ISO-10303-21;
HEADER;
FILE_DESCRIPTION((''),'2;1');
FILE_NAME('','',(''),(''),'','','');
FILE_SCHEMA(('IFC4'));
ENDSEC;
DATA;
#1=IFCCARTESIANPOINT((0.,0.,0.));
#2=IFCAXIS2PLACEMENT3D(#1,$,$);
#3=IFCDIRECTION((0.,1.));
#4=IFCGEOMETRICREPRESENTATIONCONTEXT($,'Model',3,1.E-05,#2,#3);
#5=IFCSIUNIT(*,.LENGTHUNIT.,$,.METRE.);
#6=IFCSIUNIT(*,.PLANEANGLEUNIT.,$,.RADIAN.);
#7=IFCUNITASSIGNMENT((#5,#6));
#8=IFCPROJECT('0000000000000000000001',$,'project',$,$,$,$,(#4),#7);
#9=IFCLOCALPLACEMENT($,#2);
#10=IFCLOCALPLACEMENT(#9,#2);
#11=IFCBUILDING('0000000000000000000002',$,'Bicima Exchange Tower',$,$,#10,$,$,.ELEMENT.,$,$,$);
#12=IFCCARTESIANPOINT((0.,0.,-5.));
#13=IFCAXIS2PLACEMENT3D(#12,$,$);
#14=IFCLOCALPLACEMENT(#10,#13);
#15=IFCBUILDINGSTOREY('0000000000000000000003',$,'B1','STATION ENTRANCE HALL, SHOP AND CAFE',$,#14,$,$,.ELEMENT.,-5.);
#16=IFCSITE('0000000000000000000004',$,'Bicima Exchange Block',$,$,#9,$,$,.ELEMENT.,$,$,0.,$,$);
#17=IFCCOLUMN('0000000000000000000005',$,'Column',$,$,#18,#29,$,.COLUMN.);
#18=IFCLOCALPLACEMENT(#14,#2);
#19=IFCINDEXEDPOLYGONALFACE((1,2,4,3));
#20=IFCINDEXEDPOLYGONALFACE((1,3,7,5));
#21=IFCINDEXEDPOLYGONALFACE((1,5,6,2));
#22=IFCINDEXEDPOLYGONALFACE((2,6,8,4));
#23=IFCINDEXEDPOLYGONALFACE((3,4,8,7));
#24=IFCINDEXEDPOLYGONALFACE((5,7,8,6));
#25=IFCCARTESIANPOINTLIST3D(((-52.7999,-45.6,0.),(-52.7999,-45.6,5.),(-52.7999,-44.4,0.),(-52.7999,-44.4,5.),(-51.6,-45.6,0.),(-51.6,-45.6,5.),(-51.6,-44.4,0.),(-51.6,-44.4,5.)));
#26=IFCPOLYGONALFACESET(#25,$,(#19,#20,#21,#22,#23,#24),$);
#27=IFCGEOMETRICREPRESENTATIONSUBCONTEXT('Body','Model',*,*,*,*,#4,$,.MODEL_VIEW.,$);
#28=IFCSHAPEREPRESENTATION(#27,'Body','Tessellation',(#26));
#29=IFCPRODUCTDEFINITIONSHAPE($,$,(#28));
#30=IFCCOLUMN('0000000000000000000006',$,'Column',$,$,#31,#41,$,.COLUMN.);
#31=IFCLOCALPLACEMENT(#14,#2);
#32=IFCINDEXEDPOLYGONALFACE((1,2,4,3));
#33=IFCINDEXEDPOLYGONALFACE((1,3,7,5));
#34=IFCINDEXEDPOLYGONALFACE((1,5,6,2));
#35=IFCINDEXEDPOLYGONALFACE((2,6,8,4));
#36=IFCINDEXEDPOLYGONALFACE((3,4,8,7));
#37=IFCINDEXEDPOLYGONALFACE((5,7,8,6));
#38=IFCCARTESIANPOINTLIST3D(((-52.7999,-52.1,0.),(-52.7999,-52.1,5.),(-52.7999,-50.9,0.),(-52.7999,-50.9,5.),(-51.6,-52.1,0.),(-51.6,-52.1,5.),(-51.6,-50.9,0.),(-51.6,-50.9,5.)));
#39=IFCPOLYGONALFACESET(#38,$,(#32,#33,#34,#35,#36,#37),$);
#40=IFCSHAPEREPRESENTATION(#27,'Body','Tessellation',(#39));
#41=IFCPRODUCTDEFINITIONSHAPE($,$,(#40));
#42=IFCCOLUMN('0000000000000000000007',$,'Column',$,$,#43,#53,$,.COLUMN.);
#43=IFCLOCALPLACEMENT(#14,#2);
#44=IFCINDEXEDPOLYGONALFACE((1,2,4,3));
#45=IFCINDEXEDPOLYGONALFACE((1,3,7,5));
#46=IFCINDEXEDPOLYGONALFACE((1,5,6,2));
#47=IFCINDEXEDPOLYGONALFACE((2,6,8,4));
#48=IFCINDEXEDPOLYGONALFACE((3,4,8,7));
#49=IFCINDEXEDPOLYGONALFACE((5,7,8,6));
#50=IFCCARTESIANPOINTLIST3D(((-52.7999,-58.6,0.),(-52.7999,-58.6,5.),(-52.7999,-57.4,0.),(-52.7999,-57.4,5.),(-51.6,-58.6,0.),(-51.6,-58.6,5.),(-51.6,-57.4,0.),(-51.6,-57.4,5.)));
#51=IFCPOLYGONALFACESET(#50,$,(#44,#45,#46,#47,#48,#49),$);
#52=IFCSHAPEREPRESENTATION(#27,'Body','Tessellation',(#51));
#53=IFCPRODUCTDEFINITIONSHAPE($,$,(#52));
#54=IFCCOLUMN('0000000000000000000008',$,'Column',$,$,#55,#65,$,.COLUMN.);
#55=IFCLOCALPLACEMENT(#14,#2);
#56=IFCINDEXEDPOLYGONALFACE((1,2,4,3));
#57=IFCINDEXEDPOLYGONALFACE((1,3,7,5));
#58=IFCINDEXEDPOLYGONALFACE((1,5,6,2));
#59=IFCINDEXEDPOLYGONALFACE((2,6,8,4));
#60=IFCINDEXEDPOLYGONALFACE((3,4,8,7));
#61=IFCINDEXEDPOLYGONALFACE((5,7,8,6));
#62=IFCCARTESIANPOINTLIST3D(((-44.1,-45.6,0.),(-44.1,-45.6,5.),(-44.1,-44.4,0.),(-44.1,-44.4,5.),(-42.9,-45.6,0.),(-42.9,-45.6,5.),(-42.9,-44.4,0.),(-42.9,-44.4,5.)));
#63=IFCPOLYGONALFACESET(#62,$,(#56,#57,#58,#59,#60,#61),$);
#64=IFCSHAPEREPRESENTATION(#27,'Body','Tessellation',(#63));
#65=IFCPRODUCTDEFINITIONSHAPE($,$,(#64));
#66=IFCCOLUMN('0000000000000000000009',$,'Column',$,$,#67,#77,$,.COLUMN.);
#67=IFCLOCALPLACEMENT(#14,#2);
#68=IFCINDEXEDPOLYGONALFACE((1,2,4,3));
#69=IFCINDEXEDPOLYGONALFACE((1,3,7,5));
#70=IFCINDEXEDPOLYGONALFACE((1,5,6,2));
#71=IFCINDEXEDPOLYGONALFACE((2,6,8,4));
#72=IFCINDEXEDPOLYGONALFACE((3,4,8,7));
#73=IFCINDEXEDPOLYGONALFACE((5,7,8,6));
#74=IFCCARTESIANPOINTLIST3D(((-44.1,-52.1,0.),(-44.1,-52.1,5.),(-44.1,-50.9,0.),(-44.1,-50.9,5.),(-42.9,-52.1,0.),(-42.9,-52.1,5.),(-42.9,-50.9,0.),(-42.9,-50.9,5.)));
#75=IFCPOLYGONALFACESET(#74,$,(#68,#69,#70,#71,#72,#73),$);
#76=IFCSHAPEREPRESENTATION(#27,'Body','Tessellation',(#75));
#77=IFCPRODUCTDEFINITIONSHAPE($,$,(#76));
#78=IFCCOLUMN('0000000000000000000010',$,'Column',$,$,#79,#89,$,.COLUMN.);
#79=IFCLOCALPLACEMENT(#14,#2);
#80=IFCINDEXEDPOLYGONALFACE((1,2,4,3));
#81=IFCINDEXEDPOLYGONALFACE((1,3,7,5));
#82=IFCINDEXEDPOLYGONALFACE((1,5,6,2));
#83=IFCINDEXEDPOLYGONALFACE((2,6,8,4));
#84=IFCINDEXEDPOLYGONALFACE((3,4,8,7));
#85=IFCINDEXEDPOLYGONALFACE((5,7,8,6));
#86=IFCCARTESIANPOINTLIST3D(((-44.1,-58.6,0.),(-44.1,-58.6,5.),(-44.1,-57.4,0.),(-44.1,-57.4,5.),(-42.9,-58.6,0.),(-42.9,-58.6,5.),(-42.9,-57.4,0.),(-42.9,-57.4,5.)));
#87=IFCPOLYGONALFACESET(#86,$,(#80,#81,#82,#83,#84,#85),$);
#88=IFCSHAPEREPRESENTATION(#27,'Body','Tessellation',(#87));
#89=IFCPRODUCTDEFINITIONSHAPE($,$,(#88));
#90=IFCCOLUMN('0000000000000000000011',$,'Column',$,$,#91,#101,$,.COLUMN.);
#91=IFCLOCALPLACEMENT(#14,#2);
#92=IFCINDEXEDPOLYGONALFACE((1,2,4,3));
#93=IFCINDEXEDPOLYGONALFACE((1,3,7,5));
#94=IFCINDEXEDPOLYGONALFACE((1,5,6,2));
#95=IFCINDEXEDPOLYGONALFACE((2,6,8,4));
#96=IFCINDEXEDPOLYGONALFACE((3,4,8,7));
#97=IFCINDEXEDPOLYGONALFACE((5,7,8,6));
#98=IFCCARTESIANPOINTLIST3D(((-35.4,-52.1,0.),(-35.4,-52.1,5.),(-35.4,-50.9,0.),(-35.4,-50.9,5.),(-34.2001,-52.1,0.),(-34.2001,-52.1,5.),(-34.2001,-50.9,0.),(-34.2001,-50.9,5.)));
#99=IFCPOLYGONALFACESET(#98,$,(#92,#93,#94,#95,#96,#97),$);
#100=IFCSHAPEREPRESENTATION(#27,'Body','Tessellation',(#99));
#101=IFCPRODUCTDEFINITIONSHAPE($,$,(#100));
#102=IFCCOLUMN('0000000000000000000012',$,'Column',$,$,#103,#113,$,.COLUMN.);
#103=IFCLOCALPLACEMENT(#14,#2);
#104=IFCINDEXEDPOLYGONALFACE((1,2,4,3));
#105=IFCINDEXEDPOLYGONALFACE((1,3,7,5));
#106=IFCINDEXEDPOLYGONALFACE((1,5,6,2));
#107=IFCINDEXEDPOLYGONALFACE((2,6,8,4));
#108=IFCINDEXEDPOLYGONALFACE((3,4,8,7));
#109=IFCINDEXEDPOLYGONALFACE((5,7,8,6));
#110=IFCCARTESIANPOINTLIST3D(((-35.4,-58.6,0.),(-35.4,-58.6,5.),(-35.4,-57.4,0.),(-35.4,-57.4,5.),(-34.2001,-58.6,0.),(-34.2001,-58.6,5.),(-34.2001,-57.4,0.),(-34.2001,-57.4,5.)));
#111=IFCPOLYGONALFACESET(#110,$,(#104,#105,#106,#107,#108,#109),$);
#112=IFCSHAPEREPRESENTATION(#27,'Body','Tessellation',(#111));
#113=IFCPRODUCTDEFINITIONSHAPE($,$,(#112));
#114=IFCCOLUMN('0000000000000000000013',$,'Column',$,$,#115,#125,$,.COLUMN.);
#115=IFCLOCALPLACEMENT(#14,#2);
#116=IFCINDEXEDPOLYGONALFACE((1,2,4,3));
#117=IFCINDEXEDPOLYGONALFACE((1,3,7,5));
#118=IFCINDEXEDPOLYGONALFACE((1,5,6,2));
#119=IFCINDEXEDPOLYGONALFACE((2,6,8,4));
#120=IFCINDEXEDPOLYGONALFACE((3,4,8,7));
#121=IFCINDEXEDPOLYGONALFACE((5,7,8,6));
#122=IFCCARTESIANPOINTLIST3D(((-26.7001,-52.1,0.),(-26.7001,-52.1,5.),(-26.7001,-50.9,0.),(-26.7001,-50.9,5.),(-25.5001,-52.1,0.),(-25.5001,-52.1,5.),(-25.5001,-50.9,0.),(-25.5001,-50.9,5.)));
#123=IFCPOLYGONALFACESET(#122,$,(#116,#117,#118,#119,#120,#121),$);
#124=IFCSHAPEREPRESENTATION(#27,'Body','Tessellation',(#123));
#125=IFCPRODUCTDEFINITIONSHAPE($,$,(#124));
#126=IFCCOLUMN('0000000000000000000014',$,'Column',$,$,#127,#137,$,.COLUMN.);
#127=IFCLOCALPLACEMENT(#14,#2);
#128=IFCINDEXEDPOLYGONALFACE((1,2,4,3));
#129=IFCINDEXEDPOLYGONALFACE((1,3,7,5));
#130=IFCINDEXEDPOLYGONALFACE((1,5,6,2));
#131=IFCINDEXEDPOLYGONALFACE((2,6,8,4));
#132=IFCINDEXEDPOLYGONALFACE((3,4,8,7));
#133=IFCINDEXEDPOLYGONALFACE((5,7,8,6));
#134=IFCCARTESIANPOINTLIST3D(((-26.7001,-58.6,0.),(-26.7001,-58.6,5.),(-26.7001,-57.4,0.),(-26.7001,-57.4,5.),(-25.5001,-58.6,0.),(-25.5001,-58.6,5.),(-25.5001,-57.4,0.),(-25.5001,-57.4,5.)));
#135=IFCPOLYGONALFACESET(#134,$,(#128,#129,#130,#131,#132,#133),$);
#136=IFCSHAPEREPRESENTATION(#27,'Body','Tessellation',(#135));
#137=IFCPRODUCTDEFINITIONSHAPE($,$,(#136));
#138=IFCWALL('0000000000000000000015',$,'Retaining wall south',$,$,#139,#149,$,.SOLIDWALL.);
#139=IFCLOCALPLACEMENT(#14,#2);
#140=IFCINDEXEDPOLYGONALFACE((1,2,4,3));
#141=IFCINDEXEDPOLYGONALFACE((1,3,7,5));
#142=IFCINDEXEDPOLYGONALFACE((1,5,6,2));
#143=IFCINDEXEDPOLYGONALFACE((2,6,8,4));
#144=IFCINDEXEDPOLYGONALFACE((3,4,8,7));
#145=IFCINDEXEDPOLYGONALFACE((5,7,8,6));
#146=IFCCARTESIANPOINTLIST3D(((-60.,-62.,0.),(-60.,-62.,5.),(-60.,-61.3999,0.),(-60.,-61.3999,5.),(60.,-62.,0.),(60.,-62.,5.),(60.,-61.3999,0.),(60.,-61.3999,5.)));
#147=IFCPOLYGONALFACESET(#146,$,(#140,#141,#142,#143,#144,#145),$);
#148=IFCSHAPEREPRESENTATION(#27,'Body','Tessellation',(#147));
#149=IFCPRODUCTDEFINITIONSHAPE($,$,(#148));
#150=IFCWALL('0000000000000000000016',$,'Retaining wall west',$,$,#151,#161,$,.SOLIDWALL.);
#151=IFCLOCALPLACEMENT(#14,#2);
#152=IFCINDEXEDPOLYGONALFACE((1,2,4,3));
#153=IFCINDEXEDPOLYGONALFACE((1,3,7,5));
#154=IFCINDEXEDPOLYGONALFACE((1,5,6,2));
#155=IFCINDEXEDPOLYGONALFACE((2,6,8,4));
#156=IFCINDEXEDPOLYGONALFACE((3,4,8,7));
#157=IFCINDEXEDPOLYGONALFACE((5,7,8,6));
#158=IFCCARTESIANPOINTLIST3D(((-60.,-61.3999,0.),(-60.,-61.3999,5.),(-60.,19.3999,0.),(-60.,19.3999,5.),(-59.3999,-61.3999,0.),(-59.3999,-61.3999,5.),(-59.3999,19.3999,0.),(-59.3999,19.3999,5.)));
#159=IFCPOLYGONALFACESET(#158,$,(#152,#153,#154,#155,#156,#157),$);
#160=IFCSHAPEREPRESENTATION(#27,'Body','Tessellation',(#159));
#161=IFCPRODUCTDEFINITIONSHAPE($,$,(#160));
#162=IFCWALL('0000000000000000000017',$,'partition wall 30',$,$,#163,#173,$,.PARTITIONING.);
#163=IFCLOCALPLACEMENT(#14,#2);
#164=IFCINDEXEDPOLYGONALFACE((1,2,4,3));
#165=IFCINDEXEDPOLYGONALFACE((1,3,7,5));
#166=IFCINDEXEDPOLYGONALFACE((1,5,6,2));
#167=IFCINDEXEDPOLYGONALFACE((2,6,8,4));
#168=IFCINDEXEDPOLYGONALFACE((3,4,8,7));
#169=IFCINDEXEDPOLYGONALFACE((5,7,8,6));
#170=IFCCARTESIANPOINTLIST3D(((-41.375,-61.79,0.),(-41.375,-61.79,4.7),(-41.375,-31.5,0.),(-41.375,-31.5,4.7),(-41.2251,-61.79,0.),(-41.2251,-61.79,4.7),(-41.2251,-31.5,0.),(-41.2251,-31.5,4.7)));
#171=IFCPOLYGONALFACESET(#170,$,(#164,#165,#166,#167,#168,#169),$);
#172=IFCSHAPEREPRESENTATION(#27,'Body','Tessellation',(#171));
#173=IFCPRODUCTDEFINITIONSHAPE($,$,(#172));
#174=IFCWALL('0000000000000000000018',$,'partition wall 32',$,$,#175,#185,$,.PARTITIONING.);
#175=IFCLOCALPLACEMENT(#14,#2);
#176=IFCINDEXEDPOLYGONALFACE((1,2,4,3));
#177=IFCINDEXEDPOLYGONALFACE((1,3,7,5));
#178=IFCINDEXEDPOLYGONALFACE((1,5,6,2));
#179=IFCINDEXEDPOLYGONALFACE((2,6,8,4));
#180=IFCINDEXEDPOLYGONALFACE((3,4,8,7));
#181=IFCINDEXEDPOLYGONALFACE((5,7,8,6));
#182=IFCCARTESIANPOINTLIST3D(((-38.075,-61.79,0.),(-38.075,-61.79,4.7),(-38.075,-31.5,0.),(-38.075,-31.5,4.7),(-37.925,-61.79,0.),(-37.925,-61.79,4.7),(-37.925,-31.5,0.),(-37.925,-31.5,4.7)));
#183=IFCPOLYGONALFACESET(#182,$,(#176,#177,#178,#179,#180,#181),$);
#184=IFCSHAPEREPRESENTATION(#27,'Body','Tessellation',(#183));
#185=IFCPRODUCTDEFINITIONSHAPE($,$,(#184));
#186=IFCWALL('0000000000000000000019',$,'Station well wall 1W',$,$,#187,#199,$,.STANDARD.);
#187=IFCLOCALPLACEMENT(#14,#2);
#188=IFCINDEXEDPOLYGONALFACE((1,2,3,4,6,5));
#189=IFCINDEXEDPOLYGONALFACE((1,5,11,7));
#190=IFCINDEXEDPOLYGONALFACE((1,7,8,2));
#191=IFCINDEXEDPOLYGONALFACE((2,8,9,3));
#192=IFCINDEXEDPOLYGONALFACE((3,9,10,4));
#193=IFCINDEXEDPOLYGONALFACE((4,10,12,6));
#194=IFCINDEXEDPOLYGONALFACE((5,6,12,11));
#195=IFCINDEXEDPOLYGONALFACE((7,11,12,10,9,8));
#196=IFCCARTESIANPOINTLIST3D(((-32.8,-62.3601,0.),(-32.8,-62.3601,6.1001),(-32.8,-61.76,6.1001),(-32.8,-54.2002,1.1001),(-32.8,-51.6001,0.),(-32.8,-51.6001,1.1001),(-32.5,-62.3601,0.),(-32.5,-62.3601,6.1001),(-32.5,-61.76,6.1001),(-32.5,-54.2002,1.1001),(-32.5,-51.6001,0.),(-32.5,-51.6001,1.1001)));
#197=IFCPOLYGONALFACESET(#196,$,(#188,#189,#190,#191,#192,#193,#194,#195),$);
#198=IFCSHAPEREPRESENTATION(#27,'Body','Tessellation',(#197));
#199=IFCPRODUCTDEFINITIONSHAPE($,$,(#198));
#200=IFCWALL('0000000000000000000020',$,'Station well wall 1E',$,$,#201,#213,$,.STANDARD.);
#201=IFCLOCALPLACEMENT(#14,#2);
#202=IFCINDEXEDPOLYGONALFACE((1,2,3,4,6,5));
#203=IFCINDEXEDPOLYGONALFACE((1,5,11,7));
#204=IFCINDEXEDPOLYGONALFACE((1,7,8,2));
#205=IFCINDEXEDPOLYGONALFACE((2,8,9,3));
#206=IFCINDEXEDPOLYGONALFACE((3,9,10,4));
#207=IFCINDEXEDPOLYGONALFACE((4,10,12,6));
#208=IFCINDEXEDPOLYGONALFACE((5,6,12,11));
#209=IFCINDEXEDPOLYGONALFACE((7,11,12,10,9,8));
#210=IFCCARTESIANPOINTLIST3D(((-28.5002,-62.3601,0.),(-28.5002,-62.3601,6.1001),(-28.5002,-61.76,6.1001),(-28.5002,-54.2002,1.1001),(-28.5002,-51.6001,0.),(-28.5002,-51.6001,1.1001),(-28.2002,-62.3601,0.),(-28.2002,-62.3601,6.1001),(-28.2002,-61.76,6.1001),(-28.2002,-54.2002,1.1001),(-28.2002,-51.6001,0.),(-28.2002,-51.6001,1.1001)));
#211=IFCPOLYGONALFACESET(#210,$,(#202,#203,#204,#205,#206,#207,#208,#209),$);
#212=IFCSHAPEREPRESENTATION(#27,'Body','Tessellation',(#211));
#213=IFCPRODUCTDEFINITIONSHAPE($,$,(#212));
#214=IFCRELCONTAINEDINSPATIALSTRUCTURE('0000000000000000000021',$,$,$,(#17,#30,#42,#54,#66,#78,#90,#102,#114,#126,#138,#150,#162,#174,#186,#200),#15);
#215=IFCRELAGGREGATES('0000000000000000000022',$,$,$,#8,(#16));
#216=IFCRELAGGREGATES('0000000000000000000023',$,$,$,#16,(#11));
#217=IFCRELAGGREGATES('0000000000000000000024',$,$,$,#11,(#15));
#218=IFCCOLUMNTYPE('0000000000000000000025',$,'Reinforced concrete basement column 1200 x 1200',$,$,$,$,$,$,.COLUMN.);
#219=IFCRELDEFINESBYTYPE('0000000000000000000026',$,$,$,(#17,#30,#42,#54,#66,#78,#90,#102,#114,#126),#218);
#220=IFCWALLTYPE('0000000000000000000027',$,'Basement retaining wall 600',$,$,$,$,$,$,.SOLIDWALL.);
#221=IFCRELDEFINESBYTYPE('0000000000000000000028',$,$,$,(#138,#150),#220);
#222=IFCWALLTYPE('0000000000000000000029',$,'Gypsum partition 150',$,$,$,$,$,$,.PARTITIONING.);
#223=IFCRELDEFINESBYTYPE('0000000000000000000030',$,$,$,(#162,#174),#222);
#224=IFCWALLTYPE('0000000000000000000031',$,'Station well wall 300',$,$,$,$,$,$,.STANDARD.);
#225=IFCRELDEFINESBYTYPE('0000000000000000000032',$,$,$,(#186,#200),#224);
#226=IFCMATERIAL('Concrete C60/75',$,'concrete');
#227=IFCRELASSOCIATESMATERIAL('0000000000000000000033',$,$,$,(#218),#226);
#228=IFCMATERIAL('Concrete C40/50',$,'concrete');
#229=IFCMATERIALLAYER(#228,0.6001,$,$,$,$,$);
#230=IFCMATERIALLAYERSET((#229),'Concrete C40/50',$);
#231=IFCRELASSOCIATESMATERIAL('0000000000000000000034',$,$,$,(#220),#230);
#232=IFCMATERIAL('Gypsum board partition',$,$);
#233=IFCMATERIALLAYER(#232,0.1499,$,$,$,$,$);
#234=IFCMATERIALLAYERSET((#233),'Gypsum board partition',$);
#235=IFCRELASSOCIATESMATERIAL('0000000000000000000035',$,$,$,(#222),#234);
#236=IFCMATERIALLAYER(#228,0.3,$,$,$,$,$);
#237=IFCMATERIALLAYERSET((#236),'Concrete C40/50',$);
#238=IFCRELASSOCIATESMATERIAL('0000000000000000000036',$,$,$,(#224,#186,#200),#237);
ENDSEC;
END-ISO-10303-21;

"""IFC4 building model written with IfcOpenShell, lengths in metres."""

from ifc_helpers import new_model, si_unit, direction, frame, frame_2d, origin, origin_2d, place, context, subcontext, project, spatial, polyline, rectangle, outline, extrude, material, layer, layer_set, layer_usage, material_profile, profile_set, type_object, element, save


model = new_model("IFC4")

# Units and contexts
model_context = context("Model", 3, precision=1e-05, world=origin(), true_north=direction((0.0, 1.0)))
body_context = subcontext(model_context, "Body", "Model", "MODEL_VIEW")
ifc_project = project(units=[si_unit("LENGTHUNIT", "METRE"), si_unit("PLANEANGLEUNIT", "RADIAN")], contexts=[model_context])

# Site, building, storey
site_placement = place(None, origin())
site = spatial("IfcSite", under=ifc_project, at=site_placement, Name="Bicima Exchange Block", CompositionType="ELEMENT", RefElevation=0.0)
building_placement = place(site_placement, origin())
building = spatial("IfcBuilding", under=site, at=building_placement, Name="Bicima Exchange Tower", CompositionType="ELEMENT")
storey_placement = place(building_placement, frame((0.0, 0.0, -5.0)))
storey = spatial("IfcBuildingStorey", under=building, at=storey_placement, Name="B1", Description="STATION ENTRANCE HALL, SHOP AND CAFE", CompositionType="ELEMENT", Elevation=-5.0)

# Columns
ifc_material_1 = material(Name="Concrete C60/75", Category="concrete")
ifc_material_profile = material_profile(ifc_material_1, rectangle(XDim=1.2, YDim=1.2, at=origin_2d()))
ifc_profile_set = profile_set([ifc_material_profile], Name="Concrete C60/75")
column_type = type_object("IfcColumnType", Name="Reinforced concrete basement column 1200 x 1200", PredefinedType="COLUMN", material=ifc_profile_set)
for number, where, z_axis, x_axis, name in (
    (1, (-52.2, -45.0, 0.0), (0.0, 0.0, 1.0), (1.0, 0.0, 0.0), "Column"),
    (2, (-52.2, -51.5, 0.0), (0.0, 0.0, 1.0), (1.0, 0.0, 0.0), "Column"),
    (3, (-52.2, -58.0, 0.0), (0.0, 0.0, 1.0), (1.0, 0.0, 0.0), "Column"),
    (4, (-43.5, -45.0, 0.0), (0.0, 0.0, 1.0), (1.0, 0.0, 0.0), "Column"),
    (5, (-43.5, -51.5, 0.0), (0.0, 0.0, 1.0), (1.0, 0.0, 0.0), "Column"),
    (6, (-43.5, -58.0, 0.0), (0.0, 0.0, 1.0), (1.0, 0.0, 0.0), "Column"),
    (7, (-34.8, -51.5, 0.0), (0.0, 0.0, 1.0), (1.0, 0.0, 0.0), "Column"),
    (8, (-34.8, -58.0, 0.0), (0.0, 0.0, 1.0), (1.0, 0.0, 0.0), "Column"),
    (9, (-26.1001, -51.5, 0.0), (0.0, 0.0, 1.0), (1.0, 0.0, 0.0), "Column"),
    (10, (-26.1001, -58.0, 0.0), (0.0, 0.0, 1.0), (1.0, 0.0, 0.0), "Column"),
):
    element("IfcColumn", number, at=place(storey_placement, frame(where, z_axis=z_axis, x_axis=x_axis)), inside=storey, type_object=column_type, Name=name, PredefinedType="COLUMN", context=body_context, shape_type="SweptSolid", body=[
        extrude(rectangle(XDim=1.2, YDim=1.2, at=origin_2d()), origin(), (0.0, 0.0, 1.0), 5.0),
    ])

# Walls
ifc_material_2 = material(Name="Concrete C40/50", Category="concrete")
ifc_layer_1 = layer(ifc_material_2, 0.6001)
ifc_layer_set_1 = layer_set([ifc_layer_1], Name="Concrete C40/50")
wall_type_1 = type_object("IfcWallType", Name="Basement retaining wall 600", PredefinedType="SOLIDWALL", material=ifc_layer_set_1)
wall_1_placement = place(storey_placement, frame((-60.0, -61.7, 0.0), z_axis=(0.0, 0.0, 1.0), x_axis=(1.0, 0.0, 0.0)))
element("IfcWall", 11, at=wall_1_placement, inside=storey, type_object=wall_type_1, Name="Retaining wall south", PredefinedType="SOLIDWALL", context=body_context, shape_type="SweptSolid", body=[
    extrude(rectangle(XDim=120.0, YDim=0.6001, at=frame_2d((60.0, 0.0))), origin(), (0.0, 0.0, 1.0), 5.0),
])
wall_2_placement = place(storey_placement, frame((-59.7, -61.3999, 0.0), z_axis=(0.0, 0.0, 1.0), x_axis=(0.0, 1.0, 0.0)))
element("IfcWall", 12, at=wall_2_placement, inside=storey, type_object=wall_type_1, Name="Retaining wall west", PredefinedType="SOLIDWALL", context=body_context, shape_type="SweptSolid", body=[
    extrude(rectangle(XDim=80.7998, YDim=0.6001, at=frame_2d((40.3999, 0.0))), origin(), (0.0, 0.0, 1.0), 5.0),
])
ifc_material_3 = material(Name="Gypsum board partition")
ifc_layer_2 = layer(ifc_material_3, 0.1499)
ifc_layer_set_2 = layer_set([ifc_layer_2], Name="Gypsum board partition")
wall_type_2 = type_object("IfcWallType", Name="Gypsum partition 150", PredefinedType="PARTITIONING", material=ifc_layer_set_2)
for number, where, z_axis, x_axis, name in (
    (13, (-41.3, -61.79, 0.0), (0.0, 0.0, 1.0), (0.0, 1.0, 0.0), "partition wall 30"),
    (14, (-38.0, -61.79, 0.0), (0.0, 0.0, 1.0), (0.0, 1.0, 0.0), "partition wall 32"),
):
    element("IfcWall", number, at=place(storey_placement, frame(where, z_axis=z_axis, x_axis=x_axis)), inside=storey, type_object=wall_type_2, Name=name, PredefinedType="PARTITIONING", context=body_context, shape_type="SweptSolid", body=[
        extrude(rectangle(XDim=30.29, YDim=0.1499, at=frame_2d((15.145, 0.0))), origin(), (0.0, 0.0, 1.0), 4.7),
    ])

# Walls
ifc_layer_3 = layer(ifc_material_2, 0.3)
ifc_layer_set_3 = layer_set([ifc_layer_3], Name="Concrete C40/50")
ifc_layer_usage_1 = layer_usage(ifc_layer_set_3, "AXIS2", "POSITIVE", -0.15)
wall_type_3 = type_object("IfcWallType", Name="Station well wall 300", PredefinedType="STANDARD", material=ifc_layer_set_3)
for number, where, z_axis, x_axis, name in (
    (15, (-32.6499, -51.6001, 0.0), (0.0, 0.0, 1.0), (0.0, -1.0, 0.0), "Station well wall 1W"),
    (16, (-28.3501, -51.6001, 0.0), (0.0, 0.0, 1.0), (0.0, -1.0, 0.0), "Station well wall 1E"),
):
    element("IfcWall", number, at=place(storey_placement, frame(where, z_axis=z_axis, x_axis=x_axis)), inside=storey, type_object=wall_type_3, material=ifc_layer_usage_1, Name=name, PredefinedType="STANDARD", context=body_context, shape_type="SweptSolid", body=[
        extrude(outline(polyline([(0.0, 0.0), (10.76, 0.0), (10.76, 6.1001), (10.1599, 6.1001), (2.6001, 1.1001), (0.0, 1.1001), (0.0, 0.0)])), frame((0.0, 0.1499, 0.0), z_axis=(0.0, -1.0, 0.0), x_axis=(1.0, 0.0, 0.0)), (0.0, 0.0, 1.0), 0.3),
    ])

save(model, "model.ifc")
